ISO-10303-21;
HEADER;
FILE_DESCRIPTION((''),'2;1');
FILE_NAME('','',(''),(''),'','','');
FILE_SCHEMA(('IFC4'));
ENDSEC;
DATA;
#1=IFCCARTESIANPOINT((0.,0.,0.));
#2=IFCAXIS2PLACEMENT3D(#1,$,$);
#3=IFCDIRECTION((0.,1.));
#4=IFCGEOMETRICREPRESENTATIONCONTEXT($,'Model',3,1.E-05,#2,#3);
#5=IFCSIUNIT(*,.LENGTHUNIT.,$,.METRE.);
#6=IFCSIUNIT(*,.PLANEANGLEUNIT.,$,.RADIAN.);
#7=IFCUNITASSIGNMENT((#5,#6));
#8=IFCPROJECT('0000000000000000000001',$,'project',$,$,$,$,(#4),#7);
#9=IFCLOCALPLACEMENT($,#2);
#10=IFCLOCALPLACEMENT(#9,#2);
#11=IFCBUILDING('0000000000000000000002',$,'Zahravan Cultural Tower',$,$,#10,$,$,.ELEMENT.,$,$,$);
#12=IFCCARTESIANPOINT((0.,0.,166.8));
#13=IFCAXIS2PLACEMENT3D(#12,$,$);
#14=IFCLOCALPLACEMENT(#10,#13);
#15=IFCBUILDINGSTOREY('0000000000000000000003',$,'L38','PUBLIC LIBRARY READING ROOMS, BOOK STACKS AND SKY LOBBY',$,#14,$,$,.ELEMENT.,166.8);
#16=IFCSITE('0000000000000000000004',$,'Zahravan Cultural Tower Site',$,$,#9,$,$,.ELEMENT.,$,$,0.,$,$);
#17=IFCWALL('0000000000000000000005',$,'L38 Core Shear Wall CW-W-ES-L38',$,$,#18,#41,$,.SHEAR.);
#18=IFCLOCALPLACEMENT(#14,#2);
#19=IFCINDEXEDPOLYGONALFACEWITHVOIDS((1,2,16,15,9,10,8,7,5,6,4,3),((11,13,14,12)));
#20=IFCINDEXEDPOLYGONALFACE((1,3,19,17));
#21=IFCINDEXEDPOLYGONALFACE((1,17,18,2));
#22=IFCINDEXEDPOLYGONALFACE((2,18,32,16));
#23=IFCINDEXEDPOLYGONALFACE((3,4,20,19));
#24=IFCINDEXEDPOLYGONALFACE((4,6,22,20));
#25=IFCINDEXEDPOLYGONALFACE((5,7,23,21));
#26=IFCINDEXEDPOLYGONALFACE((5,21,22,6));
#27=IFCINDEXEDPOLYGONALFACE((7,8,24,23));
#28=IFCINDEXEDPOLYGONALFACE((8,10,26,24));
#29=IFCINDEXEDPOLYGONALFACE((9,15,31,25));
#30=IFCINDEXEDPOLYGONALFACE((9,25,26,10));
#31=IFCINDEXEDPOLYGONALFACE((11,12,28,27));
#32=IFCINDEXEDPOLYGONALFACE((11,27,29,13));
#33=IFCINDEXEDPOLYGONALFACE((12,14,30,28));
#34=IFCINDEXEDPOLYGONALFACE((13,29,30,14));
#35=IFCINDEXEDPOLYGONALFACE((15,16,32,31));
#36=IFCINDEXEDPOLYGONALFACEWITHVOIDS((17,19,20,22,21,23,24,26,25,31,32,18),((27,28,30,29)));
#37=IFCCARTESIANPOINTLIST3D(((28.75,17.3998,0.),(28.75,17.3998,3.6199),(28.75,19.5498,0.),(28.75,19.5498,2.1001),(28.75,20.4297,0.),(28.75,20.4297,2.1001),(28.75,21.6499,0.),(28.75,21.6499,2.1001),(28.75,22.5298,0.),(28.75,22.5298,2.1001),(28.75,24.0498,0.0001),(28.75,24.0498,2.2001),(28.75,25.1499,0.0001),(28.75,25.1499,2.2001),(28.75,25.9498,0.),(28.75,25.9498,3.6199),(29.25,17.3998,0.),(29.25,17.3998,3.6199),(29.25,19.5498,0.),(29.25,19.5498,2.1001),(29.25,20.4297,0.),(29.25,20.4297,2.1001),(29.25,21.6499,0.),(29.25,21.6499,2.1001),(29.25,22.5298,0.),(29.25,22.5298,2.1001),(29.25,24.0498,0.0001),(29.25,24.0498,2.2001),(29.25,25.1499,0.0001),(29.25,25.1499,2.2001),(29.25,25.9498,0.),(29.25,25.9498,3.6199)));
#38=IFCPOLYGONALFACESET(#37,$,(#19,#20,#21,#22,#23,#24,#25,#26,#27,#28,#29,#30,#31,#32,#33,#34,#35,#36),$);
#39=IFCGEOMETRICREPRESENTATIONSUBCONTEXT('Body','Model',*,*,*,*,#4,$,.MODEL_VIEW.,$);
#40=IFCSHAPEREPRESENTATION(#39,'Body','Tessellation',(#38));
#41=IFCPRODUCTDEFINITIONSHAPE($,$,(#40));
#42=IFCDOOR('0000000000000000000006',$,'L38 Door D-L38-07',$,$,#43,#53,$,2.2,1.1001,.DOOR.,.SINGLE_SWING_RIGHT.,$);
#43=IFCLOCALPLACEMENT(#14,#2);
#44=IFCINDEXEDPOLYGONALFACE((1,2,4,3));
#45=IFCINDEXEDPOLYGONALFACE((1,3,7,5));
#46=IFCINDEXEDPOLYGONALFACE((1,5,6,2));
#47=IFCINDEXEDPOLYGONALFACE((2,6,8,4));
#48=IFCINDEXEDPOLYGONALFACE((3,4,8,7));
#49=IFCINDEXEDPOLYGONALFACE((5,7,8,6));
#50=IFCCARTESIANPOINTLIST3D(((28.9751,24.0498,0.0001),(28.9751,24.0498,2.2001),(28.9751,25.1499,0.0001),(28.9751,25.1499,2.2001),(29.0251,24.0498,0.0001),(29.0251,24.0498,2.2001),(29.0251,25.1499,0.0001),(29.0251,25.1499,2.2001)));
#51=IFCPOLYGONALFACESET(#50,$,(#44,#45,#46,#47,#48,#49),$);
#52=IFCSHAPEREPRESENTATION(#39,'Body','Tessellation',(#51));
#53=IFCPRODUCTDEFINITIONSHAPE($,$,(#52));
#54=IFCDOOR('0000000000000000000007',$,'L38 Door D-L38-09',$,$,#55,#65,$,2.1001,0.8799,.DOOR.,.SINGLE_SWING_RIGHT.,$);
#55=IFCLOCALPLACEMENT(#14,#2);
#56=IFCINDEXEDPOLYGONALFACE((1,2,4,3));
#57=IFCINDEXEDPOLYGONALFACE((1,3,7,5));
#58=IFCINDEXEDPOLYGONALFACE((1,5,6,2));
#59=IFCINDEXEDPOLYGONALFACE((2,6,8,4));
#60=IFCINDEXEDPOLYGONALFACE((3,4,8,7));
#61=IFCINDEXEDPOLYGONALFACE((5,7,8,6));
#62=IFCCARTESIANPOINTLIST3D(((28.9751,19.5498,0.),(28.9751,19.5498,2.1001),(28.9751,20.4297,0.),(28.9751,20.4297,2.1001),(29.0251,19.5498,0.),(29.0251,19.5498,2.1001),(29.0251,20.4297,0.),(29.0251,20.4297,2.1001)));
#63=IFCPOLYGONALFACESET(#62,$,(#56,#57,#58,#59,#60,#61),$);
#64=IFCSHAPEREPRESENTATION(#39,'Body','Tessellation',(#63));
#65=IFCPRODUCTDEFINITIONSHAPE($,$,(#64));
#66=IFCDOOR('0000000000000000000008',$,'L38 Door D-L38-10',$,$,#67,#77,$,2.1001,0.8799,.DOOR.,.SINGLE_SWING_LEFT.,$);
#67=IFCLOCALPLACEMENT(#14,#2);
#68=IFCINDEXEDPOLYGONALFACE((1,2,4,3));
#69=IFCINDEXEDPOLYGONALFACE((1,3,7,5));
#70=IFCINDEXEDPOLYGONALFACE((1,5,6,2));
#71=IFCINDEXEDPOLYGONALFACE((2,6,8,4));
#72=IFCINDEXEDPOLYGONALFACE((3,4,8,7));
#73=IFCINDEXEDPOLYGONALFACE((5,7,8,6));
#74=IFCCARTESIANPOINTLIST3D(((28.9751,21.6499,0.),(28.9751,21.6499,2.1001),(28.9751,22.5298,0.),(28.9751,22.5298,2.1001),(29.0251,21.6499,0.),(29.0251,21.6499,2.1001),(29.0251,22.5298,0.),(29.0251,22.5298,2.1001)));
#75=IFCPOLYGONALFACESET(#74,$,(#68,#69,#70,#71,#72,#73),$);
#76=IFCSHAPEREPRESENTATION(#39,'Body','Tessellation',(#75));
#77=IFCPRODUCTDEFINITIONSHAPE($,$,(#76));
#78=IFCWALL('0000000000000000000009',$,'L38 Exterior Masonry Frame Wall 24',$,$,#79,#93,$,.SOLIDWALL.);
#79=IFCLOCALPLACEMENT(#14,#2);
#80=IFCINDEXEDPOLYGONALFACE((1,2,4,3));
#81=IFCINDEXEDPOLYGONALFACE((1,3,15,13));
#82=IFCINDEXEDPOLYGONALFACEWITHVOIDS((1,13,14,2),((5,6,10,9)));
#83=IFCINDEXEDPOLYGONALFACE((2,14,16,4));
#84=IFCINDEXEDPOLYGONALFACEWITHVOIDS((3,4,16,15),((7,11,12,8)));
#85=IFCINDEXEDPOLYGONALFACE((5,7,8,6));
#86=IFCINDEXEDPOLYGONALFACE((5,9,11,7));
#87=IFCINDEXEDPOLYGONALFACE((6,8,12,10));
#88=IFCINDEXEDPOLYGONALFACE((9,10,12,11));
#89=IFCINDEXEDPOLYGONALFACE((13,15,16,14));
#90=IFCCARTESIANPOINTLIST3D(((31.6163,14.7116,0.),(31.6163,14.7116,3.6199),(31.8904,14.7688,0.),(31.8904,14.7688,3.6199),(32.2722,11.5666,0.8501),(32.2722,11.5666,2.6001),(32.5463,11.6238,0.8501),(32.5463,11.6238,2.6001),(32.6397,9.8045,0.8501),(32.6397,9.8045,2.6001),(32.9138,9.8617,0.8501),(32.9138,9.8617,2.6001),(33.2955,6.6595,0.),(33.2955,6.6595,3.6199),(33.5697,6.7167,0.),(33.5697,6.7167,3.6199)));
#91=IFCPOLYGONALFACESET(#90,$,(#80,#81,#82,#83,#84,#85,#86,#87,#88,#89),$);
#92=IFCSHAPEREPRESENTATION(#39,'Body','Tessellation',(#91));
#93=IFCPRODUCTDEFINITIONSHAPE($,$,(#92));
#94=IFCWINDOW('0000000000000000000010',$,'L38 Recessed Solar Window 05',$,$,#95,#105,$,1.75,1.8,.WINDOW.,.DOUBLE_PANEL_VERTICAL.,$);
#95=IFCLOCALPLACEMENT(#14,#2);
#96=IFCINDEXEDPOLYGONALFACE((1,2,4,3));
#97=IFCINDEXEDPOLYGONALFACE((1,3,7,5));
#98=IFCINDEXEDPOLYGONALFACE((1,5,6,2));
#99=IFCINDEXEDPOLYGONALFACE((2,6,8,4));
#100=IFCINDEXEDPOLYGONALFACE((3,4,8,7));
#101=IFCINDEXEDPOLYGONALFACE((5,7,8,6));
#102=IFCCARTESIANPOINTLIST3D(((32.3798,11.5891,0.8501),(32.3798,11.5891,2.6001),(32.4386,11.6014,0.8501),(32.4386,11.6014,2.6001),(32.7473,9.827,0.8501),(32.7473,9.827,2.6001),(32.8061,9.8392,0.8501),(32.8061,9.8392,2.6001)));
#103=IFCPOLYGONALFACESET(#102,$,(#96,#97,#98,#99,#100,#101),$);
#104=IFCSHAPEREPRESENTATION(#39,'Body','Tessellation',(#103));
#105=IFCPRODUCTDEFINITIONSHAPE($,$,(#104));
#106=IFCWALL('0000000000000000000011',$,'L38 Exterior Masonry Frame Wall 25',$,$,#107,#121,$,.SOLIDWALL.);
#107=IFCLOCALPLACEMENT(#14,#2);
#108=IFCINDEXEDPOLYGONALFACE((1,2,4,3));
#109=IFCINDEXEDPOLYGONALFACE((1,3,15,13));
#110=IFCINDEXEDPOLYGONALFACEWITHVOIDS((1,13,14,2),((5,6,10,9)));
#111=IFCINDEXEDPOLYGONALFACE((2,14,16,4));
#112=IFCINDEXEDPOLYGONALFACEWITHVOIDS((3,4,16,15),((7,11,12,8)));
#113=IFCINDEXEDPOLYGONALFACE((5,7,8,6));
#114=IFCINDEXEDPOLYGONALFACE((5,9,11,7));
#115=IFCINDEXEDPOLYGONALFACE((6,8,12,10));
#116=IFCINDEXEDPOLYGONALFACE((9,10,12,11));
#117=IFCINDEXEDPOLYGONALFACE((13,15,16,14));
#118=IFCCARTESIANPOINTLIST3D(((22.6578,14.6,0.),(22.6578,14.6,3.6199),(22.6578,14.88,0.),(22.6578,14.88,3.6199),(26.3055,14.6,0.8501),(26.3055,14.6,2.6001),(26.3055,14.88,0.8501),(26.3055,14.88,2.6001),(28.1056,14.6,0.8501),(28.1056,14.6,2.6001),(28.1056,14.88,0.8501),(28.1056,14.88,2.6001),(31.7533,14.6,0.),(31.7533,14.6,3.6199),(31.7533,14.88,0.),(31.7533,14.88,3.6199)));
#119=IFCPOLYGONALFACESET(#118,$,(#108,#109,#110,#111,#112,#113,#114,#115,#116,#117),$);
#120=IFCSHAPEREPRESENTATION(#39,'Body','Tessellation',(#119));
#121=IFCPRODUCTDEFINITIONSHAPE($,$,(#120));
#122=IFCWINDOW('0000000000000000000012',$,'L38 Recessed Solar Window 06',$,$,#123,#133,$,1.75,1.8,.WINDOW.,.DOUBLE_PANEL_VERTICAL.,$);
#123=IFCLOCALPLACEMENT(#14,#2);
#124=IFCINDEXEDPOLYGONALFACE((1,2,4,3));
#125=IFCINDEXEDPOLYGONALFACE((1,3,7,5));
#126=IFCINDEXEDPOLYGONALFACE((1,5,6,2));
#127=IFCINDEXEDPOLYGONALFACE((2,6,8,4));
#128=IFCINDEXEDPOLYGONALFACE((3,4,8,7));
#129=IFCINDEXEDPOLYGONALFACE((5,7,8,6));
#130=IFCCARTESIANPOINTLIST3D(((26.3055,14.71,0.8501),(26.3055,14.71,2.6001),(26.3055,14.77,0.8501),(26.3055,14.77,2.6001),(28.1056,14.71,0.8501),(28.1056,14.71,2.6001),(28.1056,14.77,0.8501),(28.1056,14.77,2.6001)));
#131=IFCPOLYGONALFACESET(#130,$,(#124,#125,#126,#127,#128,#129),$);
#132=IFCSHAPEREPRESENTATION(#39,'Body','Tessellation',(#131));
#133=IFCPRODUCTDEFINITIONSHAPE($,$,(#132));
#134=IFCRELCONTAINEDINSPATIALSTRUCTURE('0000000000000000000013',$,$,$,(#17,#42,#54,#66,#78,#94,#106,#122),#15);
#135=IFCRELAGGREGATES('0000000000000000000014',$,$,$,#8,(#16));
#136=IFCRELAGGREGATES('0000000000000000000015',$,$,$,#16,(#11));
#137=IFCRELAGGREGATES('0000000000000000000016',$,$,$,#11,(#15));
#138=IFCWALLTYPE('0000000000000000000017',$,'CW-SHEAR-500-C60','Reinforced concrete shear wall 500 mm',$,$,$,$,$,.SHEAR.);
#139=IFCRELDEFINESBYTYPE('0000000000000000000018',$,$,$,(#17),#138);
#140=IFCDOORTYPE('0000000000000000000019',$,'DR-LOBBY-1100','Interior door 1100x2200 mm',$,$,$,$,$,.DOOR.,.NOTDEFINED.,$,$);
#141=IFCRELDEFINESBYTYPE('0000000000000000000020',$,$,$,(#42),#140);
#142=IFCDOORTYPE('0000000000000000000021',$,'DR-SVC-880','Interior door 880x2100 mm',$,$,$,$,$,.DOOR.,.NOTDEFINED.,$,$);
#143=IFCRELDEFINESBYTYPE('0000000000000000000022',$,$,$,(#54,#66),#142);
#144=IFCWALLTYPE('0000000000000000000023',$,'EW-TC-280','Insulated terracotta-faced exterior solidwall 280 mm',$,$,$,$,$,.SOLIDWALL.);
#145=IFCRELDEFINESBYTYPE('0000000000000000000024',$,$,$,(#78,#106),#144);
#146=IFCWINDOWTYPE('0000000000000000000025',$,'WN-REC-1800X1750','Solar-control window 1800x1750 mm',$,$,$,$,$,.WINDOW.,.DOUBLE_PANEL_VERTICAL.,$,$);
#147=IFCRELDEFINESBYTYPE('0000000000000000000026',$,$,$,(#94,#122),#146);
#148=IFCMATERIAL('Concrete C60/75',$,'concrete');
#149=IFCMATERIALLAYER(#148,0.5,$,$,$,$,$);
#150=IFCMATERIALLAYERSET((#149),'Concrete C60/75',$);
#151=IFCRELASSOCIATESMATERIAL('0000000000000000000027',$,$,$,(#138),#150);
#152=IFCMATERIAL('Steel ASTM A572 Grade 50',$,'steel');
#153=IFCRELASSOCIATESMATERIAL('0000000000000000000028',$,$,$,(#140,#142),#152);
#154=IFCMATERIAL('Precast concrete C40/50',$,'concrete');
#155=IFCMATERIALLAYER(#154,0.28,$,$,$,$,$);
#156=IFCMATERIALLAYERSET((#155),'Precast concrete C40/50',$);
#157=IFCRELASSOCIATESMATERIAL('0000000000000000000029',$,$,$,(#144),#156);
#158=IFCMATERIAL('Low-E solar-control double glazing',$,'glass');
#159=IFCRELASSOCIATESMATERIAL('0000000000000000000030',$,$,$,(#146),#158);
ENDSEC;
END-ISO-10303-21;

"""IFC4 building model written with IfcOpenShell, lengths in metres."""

from ifc_helpers import new_model, si_unit, direction, frame, frame_2d, origin, place, context, subcontext, project, spatial, rectangle, extrude, source, transform, mapped, material, layer, layer_set, type_object, element, fill, save


model = new_model("IFC4")

# Units and contexts
model_context = context("Model", 3, precision=1e-05, world=origin(), true_north=direction((0.0, 1.0)))
body_context = subcontext(model_context, "Body", "Model", "MODEL_VIEW")
ifc_project = project(units=[si_unit("LENGTHUNIT", "METRE"), si_unit("PLANEANGLEUNIT", "RADIAN")], contexts=[model_context])

# Site, building, storey
site_placement = place(None, origin())
site = spatial("IfcSite", under=ifc_project, at=site_placement, Name="Zahravan Cultural Tower Site", CompositionType="ELEMENT", RefElevation=0.0)
building_placement = place(site_placement, origin())
building = spatial("IfcBuilding", under=site, at=building_placement, Name="Zahravan Cultural Tower", CompositionType="ELEMENT")
storey_placement = place(building_placement, frame((0.0, 0.0, 166.8)))
storey = spatial("IfcBuildingStorey", under=building, at=storey_placement, Name="L38", Description="PUBLIC LIBRARY READING ROOMS, BOOK STACKS AND SKY LOBBY", CompositionType="ELEMENT", Elevation=166.8)

# Wall, openings, doors
ifc_material_1 = material(Name="Concrete C60/75", Category="concrete")
ifc_layer_1 = layer(ifc_material_1, 0.5)
ifc_layer_set_1 = layer_set([ifc_layer_1], Name="Concrete C60/75")
wall_type_1 = type_object("IfcWallType", Name="CW-SHEAR-500-C60", Description="Reinforced concrete shear wall 500 mm", PredefinedType="SHEAR", material=ifc_layer_set_1)
wall_1_placement = place(storey_placement, frame((29.0, 17.3999, 0.0), z_axis=(0.0, 0.0, 1.0), x_axis=(0.0, 1.0, 0.0)))
wall_1 = element("IfcWall", 1, at=wall_1_placement, inside=storey, type_object=wall_type_1, Name="L38 Core Shear Wall CW-W-ES-L38", PredefinedType="SHEAR", context=body_context, shape_type="SweptSolid", body=[
    extrude(rectangle(XDim=8.55, YDim=0.5, at=frame_2d((4.2749, 0.0))), origin(), (0.0, 0.0, 1.0), 3.6199),
])
opening_1_placement = place(wall_1_placement, frame((6.6499, 0.0, 0.0)))
opening_1 = element("IfcOpeningElement", 2, at=opening_1_placement, cuts=wall_1, PredefinedType="OPENING", context=body_context, shape_type="SweptSolid", body=[
    extrude(rectangle(XDim=1.1001, YDim=2.2, at=frame_2d((0.55, 1.1001))), frame((0.0, 0.26, 0.0), z_axis=(0.0, -1.0, 0.0), x_axis=(1.0, 0.0, 0.0)), (0.0, 0.0, 1.0), 0.52),
])
opening_2_placement = place(wall_1_placement, frame((2.1499, 0.0, 0.0)))
opening_2 = element("IfcOpeningElement", 3, at=opening_2_placement, cuts=wall_1, PredefinedType="OPENING", context=body_context, shape_type="SweptSolid", body=[
    extrude(rectangle(XDim=0.8799, YDim=2.1001, at=frame_2d((0.4399, 1.05))), frame((0.0, 0.26, 0.0), z_axis=(0.0, -1.0, 0.0), x_axis=(1.0, 0.0, 0.0)), (0.0, 0.0, 1.0), 0.52),
])
opening_3_placement = place(wall_1_placement, frame((4.25, 0.0, 0.0)))
opening_3 = element("IfcOpeningElement", 4, at=opening_3_placement, cuts=wall_1, PredefinedType="OPENING", context=body_context, shape_type="SweptSolid", body=[
    extrude(rectangle(XDim=0.8799, YDim=2.1001, at=frame_2d((0.4399, 1.05))), frame((0.0, 0.26, 0.0), z_axis=(0.0, -1.0, 0.0), x_axis=(1.0, 0.0, 0.0)), (0.0, 0.0, 1.0), 0.52),
])
ifc_material_2 = material(Name="Steel ASTM A572 Grade 50", Category="steel")
door_type_1 = type_object("IfcDoorType", Name="DR-LOBBY-1100", Description="Interior door 1100x2200 mm", OperationType="NOTDEFINED", PredefinedType="DOOR", material=ifc_material_2)
shared_shape_1 = source(origin(), body_context, "Body", "SweptSolid", [
    extrude(rectangle(XDim=1.1001, YDim=2.2, at=frame_2d((0.55, 1.1001))), frame((0.0, 0.0249, 0.0), z_axis=(0.0, -1.0, 0.0), x_axis=(1.0, 0.0, 0.0)), (0.0, 0.0, 1.0), 0.05),
])
door_1_placement = place(opening_1_placement, origin())
door_1 = element("IfcDoor", 5, at=door_1_placement, inside=storey, type_object=door_type_1, Name="L38 Door D-L38-07", OperationType="SINGLE_SWING_RIGHT", OverallHeight=2.2, OverallWidth=1.1001, PredefinedType="DOOR", context=body_context, shape_type="MappedRepresentation", body=[
    mapped(shared_shape_1, transform((0.0, 0.0, 0.0), x_axis=(1.0, 0.0, 0.0), y_axis=(0.0, 1.0, 0.0), z_axis=(0.0, 0.0, 1.0), scale=1.0)),
])
fill(opening_1, door_1)
door_type_2 = type_object("IfcDoorType", Name="DR-SVC-880", Description="Interior door 880x2100 mm", OperationType="NOTDEFINED", PredefinedType="DOOR", material=ifc_material_2)
shared_shape_2 = source(origin(), body_context, "Body", "SweptSolid", [
    extrude(rectangle(XDim=0.8799, YDim=2.1001, at=frame_2d((0.4399, 1.05))), frame((0.0, 0.0249, 0.0), z_axis=(0.0, -1.0, 0.0), x_axis=(1.0, 0.0, 0.0)), (0.0, 0.0, 1.0), 0.05),
])
door_2_placement = place(opening_2_placement, origin())
door_2 = element("IfcDoor", 6, at=door_2_placement, inside=storey, type_object=door_type_2, Name="L38 Door D-L38-09", OperationType="SINGLE_SWING_RIGHT", OverallHeight=2.1001, OverallWidth=0.8799, PredefinedType="DOOR", context=body_context, shape_type="MappedRepresentation", body=[
    mapped(shared_shape_2, transform((0.0, 0.0, 0.0), x_axis=(1.0, 0.0, 0.0), y_axis=(0.0, 1.0, 0.0), z_axis=(0.0, 0.0, 1.0), scale=1.0)),
])
fill(opening_2, door_2)
door_3_placement = place(opening_3_placement, origin())
door_3 = element("IfcDoor", 7, at=door_3_placement, inside=storey, type_object=door_type_2, Name="L38 Door D-L38-10", OperationType="SINGLE_SWING_LEFT", OverallHeight=2.1001, OverallWidth=0.8799, PredefinedType="DOOR", context=body_context, shape_type="MappedRepresentation", body=[
    mapped(shared_shape_2, transform((0.0, 0.0, 0.0), x_axis=(1.0, 0.0, 0.0), y_axis=(0.0, 1.0, 0.0), z_axis=(0.0, 0.0, 1.0), scale=1.0)),
])
fill(opening_3, door_3)

# Walls, openings, windows
ifc_material_3 = material(Name="Precast concrete C40/50", Category="concrete")
ifc_layer_2 = layer(ifc_material_3, 0.28)
ifc_layer_set_2 = layer_set([ifc_layer_2], Name="Precast concrete C40/50")
wall_type_2 = type_object("IfcWallType", Name="EW-TC-280", Description="Insulated terracotta-faced exterior solidwall 280 mm", PredefinedType="SOLIDWALL", material=ifc_layer_set_2)
wall_2_placement = place(storey_placement, frame((33.4326, 6.688, 0.0), z_axis=(0.0, 0.0, 1.0), x_axis=(-0.204152, 0.978939, 0.0)))
wall_2 = element("IfcWall", 8, at=wall_2_placement, inside=storey, type_object=wall_type_2, Name="L38 Exterior Masonry Frame Wall 24", PredefinedType="SOLIDWALL", context=body_context, shape_type="SweptSolid", body=[
    extrude(rectangle(XDim=8.2253, YDim=0.28, at=frame_2d((4.1128, 0.0))), origin(), (0.0, 0.0, 1.0), 3.6199),
])
opening_4_placement = place(wall_2_placement, frame((3.2129, 0.0, 0.8501)))
opening_4 = element("IfcOpeningElement", 9, at=opening_4_placement, cuts=wall_2, PredefinedType="OPENING", context=body_context, shape_type="SweptSolid", body=[
    extrude(rectangle(XDim=1.8, YDim=1.75, at=frame_2d((0.8999, 0.875))), frame((0.0, 0.1499, 0.0), z_axis=(0.0, -1.0, 0.0), x_axis=(1.0, 0.0, 0.0)), (0.0, 0.0, 1.0), 0.3),
])
ifc_material_4 = material(Name="Low-E solar-control double glazing", Category="glass")
window_type = type_object("IfcWindowType", Name="WN-REC-1800X1750", Description="Solar-control window 1800x1750 mm", PartitioningType="DOUBLE_PANEL_VERTICAL", PredefinedType="WINDOW", material=ifc_material_4)
shared_shape_3 = source(origin(), body_context, "Body", "SweptSolid", [
    extrude(rectangle(XDim=1.8, YDim=1.75, at=frame_2d((0.8999, 0.875))), frame((0.0, 0.03, 0.0), z_axis=(0.0, -1.0, 0.0), x_axis=(1.0, 0.0, 0.0)), (0.0, 0.0, 1.0), 0.0601),
])
window_1_placement = place(opening_4_placement, origin())
window_1 = element("IfcWindow", 10, at=window_1_placement, inside=storey, type_object=window_type, Name="L38 Recessed Solar Window 05", OverallHeight=1.75, OverallWidth=1.8, PartitioningType="DOUBLE_PANEL_VERTICAL", PredefinedType="WINDOW", context=body_context, shape_type="MappedRepresentation", body=[
    mapped(shared_shape_3, transform((0.0, 0.0, 0.0), x_axis=(1.0, 0.0, 0.0), y_axis=(0.0, 1.0, 0.0), z_axis=(0.0, 0.0, 1.0), scale=1.0)),
])
fill(opening_4, window_1)
wall_3_placement = place(storey_placement, frame((31.7534, 14.74, 0.0), z_axis=(0.0, 0.0, 1.0), x_axis=(-1.0, 0.0, 0.0)))
wall_3 = element("IfcWall", 11, at=wall_3_placement, inside=storey, type_object=wall_type_2, Name="L38 Exterior Masonry Frame Wall 25", PredefinedType="SOLIDWALL", context=body_context, shape_type="SweptSolid", body=[
    extrude(rectangle(XDim=9.0955, YDim=0.28, at=frame_2d((4.5479, 0.0))), origin(), (0.0, 0.0, 1.0), 3.6199),
])
opening_5_placement = place(wall_3_placement, frame((3.6479, 0.0, 0.8501)))
opening_5 = element("IfcOpeningElement", 12, at=opening_5_placement, cuts=wall_3, PredefinedType="OPENING", context=body_context, shape_type="SweptSolid", body=[
    extrude(rectangle(XDim=1.8, YDim=1.75, at=frame_2d((0.8999, 0.875))), frame((0.0, 0.1499, 0.0), z_axis=(0.0, -1.0, 0.0), x_axis=(1.0, 0.0, 0.0)), (0.0, 0.0, 1.0), 0.3),
])
window_2_placement = place(opening_5_placement, origin())
window_2 = element("IfcWindow", 13, at=window_2_placement, inside=storey, type_object=window_type, Name="L38 Recessed Solar Window 06", OverallHeight=1.75, OverallWidth=1.8, PartitioningType="DOUBLE_PANEL_VERTICAL", PredefinedType="WINDOW", context=body_context, shape_type="MappedRepresentation", body=[
    mapped(shared_shape_3, transform((0.0, 0.0, 0.0), x_axis=(1.0, 0.0, 0.0), y_axis=(0.0, 1.0, 0.0), z_axis=(0.0, 0.0, 1.0), scale=1.0)),
])
fill(opening_5, window_2)

save(model, "model.ifc")
